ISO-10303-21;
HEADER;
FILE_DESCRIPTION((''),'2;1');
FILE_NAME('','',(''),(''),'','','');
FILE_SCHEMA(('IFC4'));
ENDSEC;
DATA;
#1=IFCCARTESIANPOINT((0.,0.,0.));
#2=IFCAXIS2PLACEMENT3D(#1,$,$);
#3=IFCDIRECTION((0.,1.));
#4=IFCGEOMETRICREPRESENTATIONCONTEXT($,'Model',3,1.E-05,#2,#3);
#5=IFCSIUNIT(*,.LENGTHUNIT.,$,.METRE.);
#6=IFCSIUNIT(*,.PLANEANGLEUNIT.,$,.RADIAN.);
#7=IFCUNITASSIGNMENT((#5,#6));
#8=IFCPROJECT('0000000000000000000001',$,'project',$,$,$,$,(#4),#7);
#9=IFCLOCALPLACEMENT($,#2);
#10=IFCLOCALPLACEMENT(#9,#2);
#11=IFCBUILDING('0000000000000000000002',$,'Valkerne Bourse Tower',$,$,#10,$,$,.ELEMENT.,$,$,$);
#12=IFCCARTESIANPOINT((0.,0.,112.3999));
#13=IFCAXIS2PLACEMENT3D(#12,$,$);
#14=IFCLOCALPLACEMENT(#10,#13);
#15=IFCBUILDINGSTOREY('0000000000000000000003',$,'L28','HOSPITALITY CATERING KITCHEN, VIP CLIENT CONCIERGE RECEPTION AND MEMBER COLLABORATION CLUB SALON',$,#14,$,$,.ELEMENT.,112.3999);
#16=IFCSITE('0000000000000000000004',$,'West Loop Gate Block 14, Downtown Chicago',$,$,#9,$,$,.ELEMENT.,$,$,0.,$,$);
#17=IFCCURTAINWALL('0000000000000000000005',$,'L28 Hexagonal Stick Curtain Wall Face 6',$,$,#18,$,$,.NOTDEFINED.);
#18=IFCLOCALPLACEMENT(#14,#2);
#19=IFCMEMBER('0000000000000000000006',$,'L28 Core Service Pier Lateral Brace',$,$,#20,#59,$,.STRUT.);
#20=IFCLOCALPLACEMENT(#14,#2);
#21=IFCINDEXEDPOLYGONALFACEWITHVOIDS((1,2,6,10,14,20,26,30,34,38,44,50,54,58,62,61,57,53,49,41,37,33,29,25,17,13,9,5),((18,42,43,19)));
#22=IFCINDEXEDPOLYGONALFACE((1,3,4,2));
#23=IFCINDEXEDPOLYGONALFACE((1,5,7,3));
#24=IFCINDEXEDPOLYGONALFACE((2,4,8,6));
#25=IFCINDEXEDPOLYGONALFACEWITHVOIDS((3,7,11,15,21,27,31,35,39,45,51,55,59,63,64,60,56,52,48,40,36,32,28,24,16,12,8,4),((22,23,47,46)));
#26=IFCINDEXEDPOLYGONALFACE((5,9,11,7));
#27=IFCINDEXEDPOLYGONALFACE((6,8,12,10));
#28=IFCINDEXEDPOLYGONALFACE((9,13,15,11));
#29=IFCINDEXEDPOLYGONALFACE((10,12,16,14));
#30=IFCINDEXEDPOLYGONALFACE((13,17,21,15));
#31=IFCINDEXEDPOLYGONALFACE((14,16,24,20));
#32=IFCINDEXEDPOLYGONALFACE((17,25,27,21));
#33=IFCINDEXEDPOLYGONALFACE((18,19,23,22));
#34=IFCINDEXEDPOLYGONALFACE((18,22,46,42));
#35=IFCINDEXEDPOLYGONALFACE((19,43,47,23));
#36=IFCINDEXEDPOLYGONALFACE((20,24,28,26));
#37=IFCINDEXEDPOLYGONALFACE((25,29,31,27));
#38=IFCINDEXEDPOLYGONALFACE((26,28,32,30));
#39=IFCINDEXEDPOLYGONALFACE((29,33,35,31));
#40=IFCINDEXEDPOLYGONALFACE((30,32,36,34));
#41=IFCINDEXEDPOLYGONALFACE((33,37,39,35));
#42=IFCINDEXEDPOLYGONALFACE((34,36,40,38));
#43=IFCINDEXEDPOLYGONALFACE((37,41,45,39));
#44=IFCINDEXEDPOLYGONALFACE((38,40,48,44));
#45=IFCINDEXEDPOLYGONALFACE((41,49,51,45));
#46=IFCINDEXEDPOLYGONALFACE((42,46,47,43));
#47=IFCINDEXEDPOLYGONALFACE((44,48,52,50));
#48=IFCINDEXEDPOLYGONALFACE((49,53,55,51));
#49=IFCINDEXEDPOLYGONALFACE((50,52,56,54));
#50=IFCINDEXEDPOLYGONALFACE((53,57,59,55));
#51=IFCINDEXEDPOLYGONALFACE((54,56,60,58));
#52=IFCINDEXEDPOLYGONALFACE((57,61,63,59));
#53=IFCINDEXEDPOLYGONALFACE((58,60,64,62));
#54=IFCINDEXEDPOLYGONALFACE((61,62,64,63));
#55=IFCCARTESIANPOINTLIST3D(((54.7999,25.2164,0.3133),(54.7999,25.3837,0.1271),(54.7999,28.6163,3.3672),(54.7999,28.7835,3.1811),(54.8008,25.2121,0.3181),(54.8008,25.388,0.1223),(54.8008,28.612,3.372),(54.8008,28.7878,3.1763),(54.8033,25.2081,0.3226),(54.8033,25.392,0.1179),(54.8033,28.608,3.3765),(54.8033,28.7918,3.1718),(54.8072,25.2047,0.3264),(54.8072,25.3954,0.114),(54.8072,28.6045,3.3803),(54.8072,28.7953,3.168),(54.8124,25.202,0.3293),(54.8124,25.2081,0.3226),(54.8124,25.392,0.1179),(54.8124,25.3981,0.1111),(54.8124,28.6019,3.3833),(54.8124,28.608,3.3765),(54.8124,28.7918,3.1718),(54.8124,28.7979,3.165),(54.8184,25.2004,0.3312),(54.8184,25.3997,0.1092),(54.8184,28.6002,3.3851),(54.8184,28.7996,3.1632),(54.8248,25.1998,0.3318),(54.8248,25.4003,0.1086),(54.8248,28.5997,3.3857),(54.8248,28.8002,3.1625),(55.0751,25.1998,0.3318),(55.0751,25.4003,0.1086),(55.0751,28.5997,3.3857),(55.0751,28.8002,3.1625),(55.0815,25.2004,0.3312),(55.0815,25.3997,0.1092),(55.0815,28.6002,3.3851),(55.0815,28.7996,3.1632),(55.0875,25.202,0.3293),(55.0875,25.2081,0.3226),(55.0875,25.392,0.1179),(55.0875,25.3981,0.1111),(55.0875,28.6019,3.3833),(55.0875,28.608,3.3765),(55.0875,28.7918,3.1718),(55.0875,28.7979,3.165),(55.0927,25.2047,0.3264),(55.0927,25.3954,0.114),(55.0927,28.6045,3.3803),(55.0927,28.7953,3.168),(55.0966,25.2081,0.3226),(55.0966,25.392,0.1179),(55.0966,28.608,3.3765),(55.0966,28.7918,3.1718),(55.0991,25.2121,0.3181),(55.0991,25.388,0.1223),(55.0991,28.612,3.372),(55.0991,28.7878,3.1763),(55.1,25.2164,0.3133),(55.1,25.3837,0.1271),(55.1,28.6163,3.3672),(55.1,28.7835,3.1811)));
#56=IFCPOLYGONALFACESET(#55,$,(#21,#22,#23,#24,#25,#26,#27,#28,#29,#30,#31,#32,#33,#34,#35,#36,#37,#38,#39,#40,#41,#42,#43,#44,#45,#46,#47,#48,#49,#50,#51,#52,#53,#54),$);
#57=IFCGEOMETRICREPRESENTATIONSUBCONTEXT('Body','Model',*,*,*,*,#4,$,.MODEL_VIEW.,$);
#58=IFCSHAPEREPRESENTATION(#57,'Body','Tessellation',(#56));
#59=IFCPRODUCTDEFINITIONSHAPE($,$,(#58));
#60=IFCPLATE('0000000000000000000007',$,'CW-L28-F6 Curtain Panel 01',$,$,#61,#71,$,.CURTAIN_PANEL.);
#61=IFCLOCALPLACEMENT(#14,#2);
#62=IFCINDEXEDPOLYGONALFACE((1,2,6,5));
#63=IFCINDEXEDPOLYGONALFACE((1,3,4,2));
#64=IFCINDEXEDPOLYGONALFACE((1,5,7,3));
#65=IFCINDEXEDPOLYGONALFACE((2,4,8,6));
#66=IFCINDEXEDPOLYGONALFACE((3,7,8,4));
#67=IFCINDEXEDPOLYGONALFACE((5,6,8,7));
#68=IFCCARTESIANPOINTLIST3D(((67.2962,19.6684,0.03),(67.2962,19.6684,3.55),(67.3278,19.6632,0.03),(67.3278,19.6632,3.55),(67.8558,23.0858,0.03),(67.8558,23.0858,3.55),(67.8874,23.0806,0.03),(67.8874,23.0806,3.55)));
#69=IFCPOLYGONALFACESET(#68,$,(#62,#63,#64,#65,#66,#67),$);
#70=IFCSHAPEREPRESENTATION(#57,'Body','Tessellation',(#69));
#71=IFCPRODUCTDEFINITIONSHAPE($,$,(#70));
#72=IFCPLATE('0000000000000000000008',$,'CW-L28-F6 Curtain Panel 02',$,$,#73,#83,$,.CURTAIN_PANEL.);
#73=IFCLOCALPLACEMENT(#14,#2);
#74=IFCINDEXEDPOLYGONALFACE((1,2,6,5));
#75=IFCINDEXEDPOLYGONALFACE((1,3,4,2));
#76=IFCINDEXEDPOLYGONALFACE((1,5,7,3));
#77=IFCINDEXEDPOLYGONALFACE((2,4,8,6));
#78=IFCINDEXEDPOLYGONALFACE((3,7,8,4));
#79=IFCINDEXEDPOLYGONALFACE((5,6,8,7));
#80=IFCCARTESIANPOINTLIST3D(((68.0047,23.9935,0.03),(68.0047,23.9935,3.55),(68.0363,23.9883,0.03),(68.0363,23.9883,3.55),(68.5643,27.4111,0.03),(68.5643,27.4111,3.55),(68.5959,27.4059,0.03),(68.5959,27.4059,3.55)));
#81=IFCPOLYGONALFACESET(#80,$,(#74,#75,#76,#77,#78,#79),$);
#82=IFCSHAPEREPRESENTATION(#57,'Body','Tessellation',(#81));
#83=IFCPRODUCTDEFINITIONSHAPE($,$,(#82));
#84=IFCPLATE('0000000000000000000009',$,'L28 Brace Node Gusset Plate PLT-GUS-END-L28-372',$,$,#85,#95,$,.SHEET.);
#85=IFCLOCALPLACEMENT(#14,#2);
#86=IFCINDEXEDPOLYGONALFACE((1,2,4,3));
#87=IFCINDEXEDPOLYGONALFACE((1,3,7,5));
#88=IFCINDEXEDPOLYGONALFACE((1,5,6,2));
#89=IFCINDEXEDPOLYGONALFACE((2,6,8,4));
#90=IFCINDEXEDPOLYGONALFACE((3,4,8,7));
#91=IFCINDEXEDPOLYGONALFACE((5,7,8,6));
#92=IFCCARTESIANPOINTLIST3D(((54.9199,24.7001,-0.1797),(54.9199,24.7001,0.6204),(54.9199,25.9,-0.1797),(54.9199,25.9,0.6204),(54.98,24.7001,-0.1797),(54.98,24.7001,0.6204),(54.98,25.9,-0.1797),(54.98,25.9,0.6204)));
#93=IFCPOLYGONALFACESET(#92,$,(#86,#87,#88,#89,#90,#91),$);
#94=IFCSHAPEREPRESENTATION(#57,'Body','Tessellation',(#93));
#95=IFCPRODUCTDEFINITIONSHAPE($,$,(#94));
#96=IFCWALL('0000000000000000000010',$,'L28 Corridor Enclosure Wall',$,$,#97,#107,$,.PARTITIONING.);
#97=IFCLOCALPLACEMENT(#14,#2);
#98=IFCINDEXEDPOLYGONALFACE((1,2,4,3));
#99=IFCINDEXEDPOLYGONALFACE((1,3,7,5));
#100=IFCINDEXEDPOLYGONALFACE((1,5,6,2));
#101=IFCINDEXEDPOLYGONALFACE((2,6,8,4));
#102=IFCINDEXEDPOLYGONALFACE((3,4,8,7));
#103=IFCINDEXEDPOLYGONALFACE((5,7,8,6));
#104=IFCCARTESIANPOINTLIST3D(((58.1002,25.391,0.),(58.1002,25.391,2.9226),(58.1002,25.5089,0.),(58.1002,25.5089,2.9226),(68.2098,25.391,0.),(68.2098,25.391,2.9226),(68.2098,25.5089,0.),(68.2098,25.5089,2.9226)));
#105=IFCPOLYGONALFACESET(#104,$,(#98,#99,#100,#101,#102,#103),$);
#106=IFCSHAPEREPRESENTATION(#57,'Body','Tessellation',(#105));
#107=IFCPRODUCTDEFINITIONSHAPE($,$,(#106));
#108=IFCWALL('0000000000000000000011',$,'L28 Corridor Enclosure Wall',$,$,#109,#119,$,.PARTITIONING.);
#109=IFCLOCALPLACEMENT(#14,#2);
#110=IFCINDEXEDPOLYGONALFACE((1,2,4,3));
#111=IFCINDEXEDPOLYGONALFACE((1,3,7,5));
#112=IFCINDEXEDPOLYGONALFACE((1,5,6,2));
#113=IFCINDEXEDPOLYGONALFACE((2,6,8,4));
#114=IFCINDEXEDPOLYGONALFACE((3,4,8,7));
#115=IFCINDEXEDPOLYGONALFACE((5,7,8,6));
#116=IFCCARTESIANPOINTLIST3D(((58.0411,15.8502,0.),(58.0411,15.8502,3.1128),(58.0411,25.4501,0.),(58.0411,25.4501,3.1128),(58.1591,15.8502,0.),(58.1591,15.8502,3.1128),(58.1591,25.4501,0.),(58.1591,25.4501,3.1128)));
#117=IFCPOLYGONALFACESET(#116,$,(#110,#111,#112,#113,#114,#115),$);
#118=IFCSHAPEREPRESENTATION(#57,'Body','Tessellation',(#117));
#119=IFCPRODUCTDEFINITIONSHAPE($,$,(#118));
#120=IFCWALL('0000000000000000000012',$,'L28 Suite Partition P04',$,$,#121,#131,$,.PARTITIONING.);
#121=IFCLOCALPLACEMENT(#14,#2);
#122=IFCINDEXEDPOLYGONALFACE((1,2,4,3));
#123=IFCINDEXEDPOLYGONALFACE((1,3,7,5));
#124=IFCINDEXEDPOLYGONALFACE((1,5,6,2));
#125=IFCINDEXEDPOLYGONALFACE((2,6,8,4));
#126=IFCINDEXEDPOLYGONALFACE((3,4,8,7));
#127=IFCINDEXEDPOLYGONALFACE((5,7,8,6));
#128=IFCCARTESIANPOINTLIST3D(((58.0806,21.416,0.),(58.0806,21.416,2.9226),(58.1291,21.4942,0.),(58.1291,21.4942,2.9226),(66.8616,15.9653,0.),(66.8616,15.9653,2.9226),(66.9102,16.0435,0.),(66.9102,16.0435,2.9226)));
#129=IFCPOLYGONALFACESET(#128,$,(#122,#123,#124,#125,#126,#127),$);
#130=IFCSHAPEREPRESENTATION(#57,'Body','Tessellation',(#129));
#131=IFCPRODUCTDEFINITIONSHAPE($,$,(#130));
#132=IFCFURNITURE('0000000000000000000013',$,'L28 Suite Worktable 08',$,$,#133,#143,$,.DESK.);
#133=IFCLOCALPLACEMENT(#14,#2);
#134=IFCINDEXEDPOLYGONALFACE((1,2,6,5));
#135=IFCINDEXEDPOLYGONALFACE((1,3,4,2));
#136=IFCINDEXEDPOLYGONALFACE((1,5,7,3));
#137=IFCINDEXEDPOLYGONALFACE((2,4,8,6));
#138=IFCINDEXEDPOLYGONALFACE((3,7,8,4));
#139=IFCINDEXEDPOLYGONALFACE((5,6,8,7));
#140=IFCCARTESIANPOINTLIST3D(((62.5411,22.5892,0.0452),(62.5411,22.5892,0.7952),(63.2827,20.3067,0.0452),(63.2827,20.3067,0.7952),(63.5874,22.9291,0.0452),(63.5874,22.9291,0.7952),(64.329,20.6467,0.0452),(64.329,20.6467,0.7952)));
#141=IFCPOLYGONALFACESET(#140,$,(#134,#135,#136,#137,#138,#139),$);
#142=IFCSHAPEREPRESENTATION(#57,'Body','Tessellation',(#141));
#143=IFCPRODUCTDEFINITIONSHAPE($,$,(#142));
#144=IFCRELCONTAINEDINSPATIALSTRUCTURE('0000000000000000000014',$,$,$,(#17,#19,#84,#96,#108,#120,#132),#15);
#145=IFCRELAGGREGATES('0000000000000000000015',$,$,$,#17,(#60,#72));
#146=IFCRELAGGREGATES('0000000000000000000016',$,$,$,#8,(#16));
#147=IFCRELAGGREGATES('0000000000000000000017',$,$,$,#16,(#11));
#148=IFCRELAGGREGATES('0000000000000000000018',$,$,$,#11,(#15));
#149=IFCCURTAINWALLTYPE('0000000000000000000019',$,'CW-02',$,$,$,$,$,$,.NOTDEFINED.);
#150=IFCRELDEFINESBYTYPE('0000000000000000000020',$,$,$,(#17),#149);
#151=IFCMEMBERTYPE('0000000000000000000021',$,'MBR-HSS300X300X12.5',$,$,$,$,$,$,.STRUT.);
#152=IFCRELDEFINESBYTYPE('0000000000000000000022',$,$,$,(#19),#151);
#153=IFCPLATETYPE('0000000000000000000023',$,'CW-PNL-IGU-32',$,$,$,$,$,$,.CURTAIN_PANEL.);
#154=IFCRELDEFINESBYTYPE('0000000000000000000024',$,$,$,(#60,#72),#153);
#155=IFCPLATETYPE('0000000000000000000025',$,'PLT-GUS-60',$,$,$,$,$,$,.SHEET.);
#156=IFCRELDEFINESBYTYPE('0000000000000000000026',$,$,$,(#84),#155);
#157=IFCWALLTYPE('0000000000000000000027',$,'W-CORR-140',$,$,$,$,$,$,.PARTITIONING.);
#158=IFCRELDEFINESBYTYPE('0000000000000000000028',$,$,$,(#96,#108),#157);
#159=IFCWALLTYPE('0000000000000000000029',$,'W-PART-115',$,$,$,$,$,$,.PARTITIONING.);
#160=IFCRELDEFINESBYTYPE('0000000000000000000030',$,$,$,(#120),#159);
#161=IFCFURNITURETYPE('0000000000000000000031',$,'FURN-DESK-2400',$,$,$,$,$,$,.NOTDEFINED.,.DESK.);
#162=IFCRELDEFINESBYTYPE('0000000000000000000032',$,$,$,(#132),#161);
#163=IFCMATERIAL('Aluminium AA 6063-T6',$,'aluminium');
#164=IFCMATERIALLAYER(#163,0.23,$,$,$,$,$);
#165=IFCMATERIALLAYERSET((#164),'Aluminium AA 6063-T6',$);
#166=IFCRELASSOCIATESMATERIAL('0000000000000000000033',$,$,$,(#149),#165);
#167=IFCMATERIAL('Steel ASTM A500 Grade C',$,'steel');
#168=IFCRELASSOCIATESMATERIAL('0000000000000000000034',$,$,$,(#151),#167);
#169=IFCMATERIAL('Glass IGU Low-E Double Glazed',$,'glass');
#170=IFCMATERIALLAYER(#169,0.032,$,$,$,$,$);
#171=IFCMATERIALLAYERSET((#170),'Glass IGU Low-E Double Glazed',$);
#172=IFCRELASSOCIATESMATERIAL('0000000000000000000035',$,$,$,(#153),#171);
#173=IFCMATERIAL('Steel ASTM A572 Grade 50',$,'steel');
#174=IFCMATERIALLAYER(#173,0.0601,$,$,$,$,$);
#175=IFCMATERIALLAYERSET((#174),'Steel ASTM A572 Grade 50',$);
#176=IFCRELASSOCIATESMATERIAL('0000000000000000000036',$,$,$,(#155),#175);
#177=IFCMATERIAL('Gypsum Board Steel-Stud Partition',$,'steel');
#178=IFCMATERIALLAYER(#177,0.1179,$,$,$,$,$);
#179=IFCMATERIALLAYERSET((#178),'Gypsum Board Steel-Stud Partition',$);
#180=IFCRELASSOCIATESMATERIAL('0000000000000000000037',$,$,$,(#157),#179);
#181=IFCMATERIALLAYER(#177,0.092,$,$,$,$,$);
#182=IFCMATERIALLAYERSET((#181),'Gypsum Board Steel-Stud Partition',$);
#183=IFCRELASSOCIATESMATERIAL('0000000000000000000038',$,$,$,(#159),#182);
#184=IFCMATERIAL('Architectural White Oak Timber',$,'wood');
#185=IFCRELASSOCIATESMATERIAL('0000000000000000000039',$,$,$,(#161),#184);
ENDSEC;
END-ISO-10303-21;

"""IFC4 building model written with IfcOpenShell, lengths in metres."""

from ifc_helpers import new_model, si_unit, direction, frame, frame_2d, origin, origin_2d, place, context, subcontext, project, spatial, rectangle, hollow_rectangle, extrude, material, layer, layer_set, material_profile, profile_set, type_object, element, aggregate, save


model = new_model("IFC4")

# Units and contexts
model_context = context("Model", 3, precision=1e-05, world=origin(), true_north=direction((0.0, 1.0)))
body_context = subcontext(model_context, "Body", "Model", "MODEL_VIEW")
ifc_project = project(units=[si_unit("LENGTHUNIT", "METRE"), si_unit("PLANEANGLEUNIT", "RADIAN")], contexts=[model_context])

# Site, building, storey
site_placement = place(None, origin())
site = spatial("IfcSite", under=ifc_project, at=site_placement, Name="West Loop Gate Block 14, Downtown Chicago", CompositionType="ELEMENT", RefElevation=0.0)
building_placement = place(site_placement, origin())
building = spatial("IfcBuilding", under=site, at=building_placement, Name="Valkerne Bourse Tower", CompositionType="ELEMENT")
storey_placement = place(building_placement, frame((0.0, 0.0, 112.3999)))
storey = spatial("IfcBuildingStorey", under=building, at=storey_placement, Name="L28", Description="HOSPITALITY CATERING KITCHEN, VIP CLIENT CONCIERGE RECEPTION AND MEMBER COLLABORATION CLUB SALON", CompositionType="ELEMENT", Elevation=112.3999)

# Curtain wall
ifc_material_1 = material(Name="Aluminium AA 6063-T6", Category="aluminium")
ifc_layer_1 = layer(ifc_material_1, 0.23)
ifc_layer_set_1 = layer_set([ifc_layer_1], Name="Aluminium AA 6063-T6")
curtain_wall_type = type_object("IfcCurtainWallType", Name="CW-02", PredefinedType="NOTDEFINED", material=ifc_layer_set_1)
curtain_wall_placement = place(storey_placement, origin())
curtain_wall = element("IfcCurtainWall", 1, at=curtain_wall_placement, inside=storey, type_object=curtain_wall_type, Name="L28 Hexagonal Stick Curtain Wall Face 6", PredefinedType="NOTDEFINED")

# Member
ifc_material_2 = material(Name="Steel ASTM A500 Grade C", Category="steel")
ifc_material_profile_1 = material_profile(ifc_material_2, hollow_rectangle(XDim=0.3, YDim=0.3, WallThickness=0.0125, OuterFilletRadius=0.0249, at=origin_2d()), Name="HSS300X300X12.5")
ifc_profile_set_1 = profile_set([ifc_material_profile_1], Name="Steel ASTM A500 Grade C")
member_type_1 = type_object("IfcMemberType", Name="MBR-HSS300X300X12.5", PredefinedType="STRUT", material=ifc_profile_set_1)
member_1_placement = place(storey_placement, frame((54.95, 25.3, 0.2202), z_axis=(0.0, 0.743942, 0.668244), x_axis=(-1.0, 0.0, 0.0)))
element("IfcMember", 2, at=member_1_placement, inside=storey, type_object=member_type_1, Name="L28 Core Service Pier Lateral Brace", PredefinedType="STRUT", context=body_context, shape_type="SweptSolid", body=[
    extrude(hollow_rectangle(XDim=0.3, YDim=0.3, WallThickness=0.0125, OuterFilletRadius=0.0249, at=origin_2d()), origin(), (0.0, 0.0, 1.0), 4.5701),
])

# Plates
ifc_material_3 = material(Name="Glass IGU Low-E Double Glazed", Category="glass")
ifc_layer_2 = layer(ifc_material_3, 0.032)
ifc_layer_set_2 = layer_set([ifc_layer_2], Name="Glass IGU Low-E Double Glazed")
plate_type_1 = type_object("IfcPlateType", Name="CW-PNL-IGU-32", PredefinedType="CURTAIN_PANEL", material=ifc_layer_set_2)
plate_1_placement = place(storey_placement, frame((67.5918, 21.3745, 0.03), z_axis=(0.0, 0.0, 1.0), x_axis=(0.161605, 0.986856, 0.0)))
plate_1 = element("IfcPlate", 3, at=plate_1_placement, type_object=plate_type_1, Name="CW-L28-F6 Curtain Panel 01", PredefinedType="CURTAIN_PANEL", context=body_context, shape_type="SweptSolid", body=[
    extrude(rectangle(XDim=3.4629, YDim=0.032, at=origin_2d()), origin(), (0.0, 0.0, 1.0), 3.52),
])
plate_2_placement = place(storey_placement, frame((68.3003, 25.6997, 0.03), z_axis=(0.0, 0.0, 1.0), x_axis=(0.161601, 0.986856, 0.0)))
plate_2 = element("IfcPlate", 4, at=plate_2_placement, type_object=plate_type_1, Name="CW-L28-F6 Curtain Panel 02", PredefinedType="CURTAIN_PANEL", context=body_context, shape_type="SweptSolid", body=[
    extrude(rectangle(XDim=3.4631, YDim=0.032, at=origin_2d()), origin(), (0.0, 0.0, 1.0), 3.52),
])
aggregate(curtain_wall, [plate_1, plate_2])
ifc_material_4 = material(Name="Steel ASTM A572 Grade 50", Category="steel")
ifc_layer_3 = layer(ifc_material_4, 0.0601)
ifc_layer_set_3 = layer_set([ifc_layer_3], Name="Steel ASTM A572 Grade 50")
plate_type_2 = type_object("IfcPlateType", Name="PLT-GUS-60", PredefinedType="SHEET", material=ifc_layer_set_3)
plate_3_placement = place(storey_placement, frame((54.95, 25.3, -0.1797), z_axis=(0.0, 0.0, 1.0), x_axis=(0.0, 1.0, 0.0)))
element("IfcPlate", 5, at=plate_3_placement, inside=storey, type_object=plate_type_2, Name="L28 Brace Node Gusset Plate PLT-GUS-END-L28-372", PredefinedType="SHEET", context=body_context, shape_type="SweptSolid", body=[
    extrude(rectangle(XDim=1.2, YDim=0.0601, at=origin_2d()), origin(), (0.0, 0.0, 1.0), 0.8),
])

# Walls
ifc_material_5 = material(Name="Gypsum Board Steel-Stud Partition", Category="steel")
ifc_layer_4 = layer(ifc_material_5, 0.1179)
ifc_layer_set_4 = layer_set([ifc_layer_4], Name="Gypsum Board Steel-Stud Partition")
wall_type_1 = type_object("IfcWallType", Name="W-CORR-140", PredefinedType="PARTITIONING", material=ifc_layer_set_4)
wall_1_placement = place(storey_placement, frame((68.2097, 25.45, 0.0), z_axis=(0.0, 0.0, 1.0), x_axis=(-1.0, 0.0, 0.0)))
element("IfcWall", 6, at=wall_1_placement, inside=storey, type_object=wall_type_1, Name="L28 Corridor Enclosure Wall", PredefinedType="PARTITIONING", context=body_context, shape_type="SweptSolid", body=[
    extrude(rectangle(XDim=10.1096, YDim=0.1179, at=frame_2d((5.0547, 0.0))), origin(), (0.0, 0.0, 1.0), 2.9226),
])
wall_2_placement = place(storey_placement, frame((58.1001, 25.45, 0.0), z_axis=(0.0, 0.0, 1.0), x_axis=(0.0, -1.0, 0.0)))
element("IfcWall", 7, at=wall_2_placement, inside=storey, type_object=wall_type_1, Name="L28 Corridor Enclosure Wall", PredefinedType="PARTITIONING", context=body_context, shape_type="SweptSolid", body=[
    extrude(rectangle(XDim=9.5999, YDim=0.1179, at=frame_2d((4.7998, 0.0))), origin(), (0.0, 0.0, 1.0), 3.1128),
])
ifc_layer_5 = layer(ifc_material_5, 0.092)
ifc_layer_set_5 = layer_set([ifc_layer_5], Name="Gypsum Board Steel-Stud Partition")
wall_type_2 = type_object("IfcWallType", Name="W-PART-115", PredefinedType="PARTITIONING", material=ifc_layer_set_5)
wall_3_placement = place(storey_placement, frame((58.105, 21.4551, 0.0), z_axis=(0.0, 0.0, 1.0), x_axis=(0.849623, -0.527391, 0.0)))
element("IfcWall", 8, at=wall_3_placement, inside=storey, type_object=wall_type_2, Name="L28 Suite Partition P04", PredefinedType="PARTITIONING", context=body_context, shape_type="SweptSolid", body=[
    extrude(rectangle(XDim=10.3352, YDim=0.092, at=frame_2d((5.1675, 0.0))), origin(), (0.0, 0.0, 1.0), 2.9226),
])

# Furniture
ifc_material_6 = material(Name="Architectural White Oak Timber", Category="wood")
furniture_type = type_object("IfcFurnitureType", Name="FURN-DESK-2400", AssemblyPlace="NOTDEFINED", PredefinedType="DESK", material=ifc_material_6)
furniture_placement = place(storey_placement, frame((63.4351, 21.6179, 0.0452), z_axis=(0.0, 0.0, 1.0), x_axis=(-0.309017, 0.951057, 0.0)))
element("IfcFurniture", 9, at=furniture_placement, inside=storey, type_object=furniture_type, Name="L28 Suite Worktable 08", PredefinedType="DESK", context=body_context, shape_type="SweptSolid", body=[
    extrude(rectangle(XDim=2.3999, YDim=1.1001, at=origin_2d()), origin(), (0.0, 0.0, 1.0), 0.75),
])

save(model, "model.ifc")
